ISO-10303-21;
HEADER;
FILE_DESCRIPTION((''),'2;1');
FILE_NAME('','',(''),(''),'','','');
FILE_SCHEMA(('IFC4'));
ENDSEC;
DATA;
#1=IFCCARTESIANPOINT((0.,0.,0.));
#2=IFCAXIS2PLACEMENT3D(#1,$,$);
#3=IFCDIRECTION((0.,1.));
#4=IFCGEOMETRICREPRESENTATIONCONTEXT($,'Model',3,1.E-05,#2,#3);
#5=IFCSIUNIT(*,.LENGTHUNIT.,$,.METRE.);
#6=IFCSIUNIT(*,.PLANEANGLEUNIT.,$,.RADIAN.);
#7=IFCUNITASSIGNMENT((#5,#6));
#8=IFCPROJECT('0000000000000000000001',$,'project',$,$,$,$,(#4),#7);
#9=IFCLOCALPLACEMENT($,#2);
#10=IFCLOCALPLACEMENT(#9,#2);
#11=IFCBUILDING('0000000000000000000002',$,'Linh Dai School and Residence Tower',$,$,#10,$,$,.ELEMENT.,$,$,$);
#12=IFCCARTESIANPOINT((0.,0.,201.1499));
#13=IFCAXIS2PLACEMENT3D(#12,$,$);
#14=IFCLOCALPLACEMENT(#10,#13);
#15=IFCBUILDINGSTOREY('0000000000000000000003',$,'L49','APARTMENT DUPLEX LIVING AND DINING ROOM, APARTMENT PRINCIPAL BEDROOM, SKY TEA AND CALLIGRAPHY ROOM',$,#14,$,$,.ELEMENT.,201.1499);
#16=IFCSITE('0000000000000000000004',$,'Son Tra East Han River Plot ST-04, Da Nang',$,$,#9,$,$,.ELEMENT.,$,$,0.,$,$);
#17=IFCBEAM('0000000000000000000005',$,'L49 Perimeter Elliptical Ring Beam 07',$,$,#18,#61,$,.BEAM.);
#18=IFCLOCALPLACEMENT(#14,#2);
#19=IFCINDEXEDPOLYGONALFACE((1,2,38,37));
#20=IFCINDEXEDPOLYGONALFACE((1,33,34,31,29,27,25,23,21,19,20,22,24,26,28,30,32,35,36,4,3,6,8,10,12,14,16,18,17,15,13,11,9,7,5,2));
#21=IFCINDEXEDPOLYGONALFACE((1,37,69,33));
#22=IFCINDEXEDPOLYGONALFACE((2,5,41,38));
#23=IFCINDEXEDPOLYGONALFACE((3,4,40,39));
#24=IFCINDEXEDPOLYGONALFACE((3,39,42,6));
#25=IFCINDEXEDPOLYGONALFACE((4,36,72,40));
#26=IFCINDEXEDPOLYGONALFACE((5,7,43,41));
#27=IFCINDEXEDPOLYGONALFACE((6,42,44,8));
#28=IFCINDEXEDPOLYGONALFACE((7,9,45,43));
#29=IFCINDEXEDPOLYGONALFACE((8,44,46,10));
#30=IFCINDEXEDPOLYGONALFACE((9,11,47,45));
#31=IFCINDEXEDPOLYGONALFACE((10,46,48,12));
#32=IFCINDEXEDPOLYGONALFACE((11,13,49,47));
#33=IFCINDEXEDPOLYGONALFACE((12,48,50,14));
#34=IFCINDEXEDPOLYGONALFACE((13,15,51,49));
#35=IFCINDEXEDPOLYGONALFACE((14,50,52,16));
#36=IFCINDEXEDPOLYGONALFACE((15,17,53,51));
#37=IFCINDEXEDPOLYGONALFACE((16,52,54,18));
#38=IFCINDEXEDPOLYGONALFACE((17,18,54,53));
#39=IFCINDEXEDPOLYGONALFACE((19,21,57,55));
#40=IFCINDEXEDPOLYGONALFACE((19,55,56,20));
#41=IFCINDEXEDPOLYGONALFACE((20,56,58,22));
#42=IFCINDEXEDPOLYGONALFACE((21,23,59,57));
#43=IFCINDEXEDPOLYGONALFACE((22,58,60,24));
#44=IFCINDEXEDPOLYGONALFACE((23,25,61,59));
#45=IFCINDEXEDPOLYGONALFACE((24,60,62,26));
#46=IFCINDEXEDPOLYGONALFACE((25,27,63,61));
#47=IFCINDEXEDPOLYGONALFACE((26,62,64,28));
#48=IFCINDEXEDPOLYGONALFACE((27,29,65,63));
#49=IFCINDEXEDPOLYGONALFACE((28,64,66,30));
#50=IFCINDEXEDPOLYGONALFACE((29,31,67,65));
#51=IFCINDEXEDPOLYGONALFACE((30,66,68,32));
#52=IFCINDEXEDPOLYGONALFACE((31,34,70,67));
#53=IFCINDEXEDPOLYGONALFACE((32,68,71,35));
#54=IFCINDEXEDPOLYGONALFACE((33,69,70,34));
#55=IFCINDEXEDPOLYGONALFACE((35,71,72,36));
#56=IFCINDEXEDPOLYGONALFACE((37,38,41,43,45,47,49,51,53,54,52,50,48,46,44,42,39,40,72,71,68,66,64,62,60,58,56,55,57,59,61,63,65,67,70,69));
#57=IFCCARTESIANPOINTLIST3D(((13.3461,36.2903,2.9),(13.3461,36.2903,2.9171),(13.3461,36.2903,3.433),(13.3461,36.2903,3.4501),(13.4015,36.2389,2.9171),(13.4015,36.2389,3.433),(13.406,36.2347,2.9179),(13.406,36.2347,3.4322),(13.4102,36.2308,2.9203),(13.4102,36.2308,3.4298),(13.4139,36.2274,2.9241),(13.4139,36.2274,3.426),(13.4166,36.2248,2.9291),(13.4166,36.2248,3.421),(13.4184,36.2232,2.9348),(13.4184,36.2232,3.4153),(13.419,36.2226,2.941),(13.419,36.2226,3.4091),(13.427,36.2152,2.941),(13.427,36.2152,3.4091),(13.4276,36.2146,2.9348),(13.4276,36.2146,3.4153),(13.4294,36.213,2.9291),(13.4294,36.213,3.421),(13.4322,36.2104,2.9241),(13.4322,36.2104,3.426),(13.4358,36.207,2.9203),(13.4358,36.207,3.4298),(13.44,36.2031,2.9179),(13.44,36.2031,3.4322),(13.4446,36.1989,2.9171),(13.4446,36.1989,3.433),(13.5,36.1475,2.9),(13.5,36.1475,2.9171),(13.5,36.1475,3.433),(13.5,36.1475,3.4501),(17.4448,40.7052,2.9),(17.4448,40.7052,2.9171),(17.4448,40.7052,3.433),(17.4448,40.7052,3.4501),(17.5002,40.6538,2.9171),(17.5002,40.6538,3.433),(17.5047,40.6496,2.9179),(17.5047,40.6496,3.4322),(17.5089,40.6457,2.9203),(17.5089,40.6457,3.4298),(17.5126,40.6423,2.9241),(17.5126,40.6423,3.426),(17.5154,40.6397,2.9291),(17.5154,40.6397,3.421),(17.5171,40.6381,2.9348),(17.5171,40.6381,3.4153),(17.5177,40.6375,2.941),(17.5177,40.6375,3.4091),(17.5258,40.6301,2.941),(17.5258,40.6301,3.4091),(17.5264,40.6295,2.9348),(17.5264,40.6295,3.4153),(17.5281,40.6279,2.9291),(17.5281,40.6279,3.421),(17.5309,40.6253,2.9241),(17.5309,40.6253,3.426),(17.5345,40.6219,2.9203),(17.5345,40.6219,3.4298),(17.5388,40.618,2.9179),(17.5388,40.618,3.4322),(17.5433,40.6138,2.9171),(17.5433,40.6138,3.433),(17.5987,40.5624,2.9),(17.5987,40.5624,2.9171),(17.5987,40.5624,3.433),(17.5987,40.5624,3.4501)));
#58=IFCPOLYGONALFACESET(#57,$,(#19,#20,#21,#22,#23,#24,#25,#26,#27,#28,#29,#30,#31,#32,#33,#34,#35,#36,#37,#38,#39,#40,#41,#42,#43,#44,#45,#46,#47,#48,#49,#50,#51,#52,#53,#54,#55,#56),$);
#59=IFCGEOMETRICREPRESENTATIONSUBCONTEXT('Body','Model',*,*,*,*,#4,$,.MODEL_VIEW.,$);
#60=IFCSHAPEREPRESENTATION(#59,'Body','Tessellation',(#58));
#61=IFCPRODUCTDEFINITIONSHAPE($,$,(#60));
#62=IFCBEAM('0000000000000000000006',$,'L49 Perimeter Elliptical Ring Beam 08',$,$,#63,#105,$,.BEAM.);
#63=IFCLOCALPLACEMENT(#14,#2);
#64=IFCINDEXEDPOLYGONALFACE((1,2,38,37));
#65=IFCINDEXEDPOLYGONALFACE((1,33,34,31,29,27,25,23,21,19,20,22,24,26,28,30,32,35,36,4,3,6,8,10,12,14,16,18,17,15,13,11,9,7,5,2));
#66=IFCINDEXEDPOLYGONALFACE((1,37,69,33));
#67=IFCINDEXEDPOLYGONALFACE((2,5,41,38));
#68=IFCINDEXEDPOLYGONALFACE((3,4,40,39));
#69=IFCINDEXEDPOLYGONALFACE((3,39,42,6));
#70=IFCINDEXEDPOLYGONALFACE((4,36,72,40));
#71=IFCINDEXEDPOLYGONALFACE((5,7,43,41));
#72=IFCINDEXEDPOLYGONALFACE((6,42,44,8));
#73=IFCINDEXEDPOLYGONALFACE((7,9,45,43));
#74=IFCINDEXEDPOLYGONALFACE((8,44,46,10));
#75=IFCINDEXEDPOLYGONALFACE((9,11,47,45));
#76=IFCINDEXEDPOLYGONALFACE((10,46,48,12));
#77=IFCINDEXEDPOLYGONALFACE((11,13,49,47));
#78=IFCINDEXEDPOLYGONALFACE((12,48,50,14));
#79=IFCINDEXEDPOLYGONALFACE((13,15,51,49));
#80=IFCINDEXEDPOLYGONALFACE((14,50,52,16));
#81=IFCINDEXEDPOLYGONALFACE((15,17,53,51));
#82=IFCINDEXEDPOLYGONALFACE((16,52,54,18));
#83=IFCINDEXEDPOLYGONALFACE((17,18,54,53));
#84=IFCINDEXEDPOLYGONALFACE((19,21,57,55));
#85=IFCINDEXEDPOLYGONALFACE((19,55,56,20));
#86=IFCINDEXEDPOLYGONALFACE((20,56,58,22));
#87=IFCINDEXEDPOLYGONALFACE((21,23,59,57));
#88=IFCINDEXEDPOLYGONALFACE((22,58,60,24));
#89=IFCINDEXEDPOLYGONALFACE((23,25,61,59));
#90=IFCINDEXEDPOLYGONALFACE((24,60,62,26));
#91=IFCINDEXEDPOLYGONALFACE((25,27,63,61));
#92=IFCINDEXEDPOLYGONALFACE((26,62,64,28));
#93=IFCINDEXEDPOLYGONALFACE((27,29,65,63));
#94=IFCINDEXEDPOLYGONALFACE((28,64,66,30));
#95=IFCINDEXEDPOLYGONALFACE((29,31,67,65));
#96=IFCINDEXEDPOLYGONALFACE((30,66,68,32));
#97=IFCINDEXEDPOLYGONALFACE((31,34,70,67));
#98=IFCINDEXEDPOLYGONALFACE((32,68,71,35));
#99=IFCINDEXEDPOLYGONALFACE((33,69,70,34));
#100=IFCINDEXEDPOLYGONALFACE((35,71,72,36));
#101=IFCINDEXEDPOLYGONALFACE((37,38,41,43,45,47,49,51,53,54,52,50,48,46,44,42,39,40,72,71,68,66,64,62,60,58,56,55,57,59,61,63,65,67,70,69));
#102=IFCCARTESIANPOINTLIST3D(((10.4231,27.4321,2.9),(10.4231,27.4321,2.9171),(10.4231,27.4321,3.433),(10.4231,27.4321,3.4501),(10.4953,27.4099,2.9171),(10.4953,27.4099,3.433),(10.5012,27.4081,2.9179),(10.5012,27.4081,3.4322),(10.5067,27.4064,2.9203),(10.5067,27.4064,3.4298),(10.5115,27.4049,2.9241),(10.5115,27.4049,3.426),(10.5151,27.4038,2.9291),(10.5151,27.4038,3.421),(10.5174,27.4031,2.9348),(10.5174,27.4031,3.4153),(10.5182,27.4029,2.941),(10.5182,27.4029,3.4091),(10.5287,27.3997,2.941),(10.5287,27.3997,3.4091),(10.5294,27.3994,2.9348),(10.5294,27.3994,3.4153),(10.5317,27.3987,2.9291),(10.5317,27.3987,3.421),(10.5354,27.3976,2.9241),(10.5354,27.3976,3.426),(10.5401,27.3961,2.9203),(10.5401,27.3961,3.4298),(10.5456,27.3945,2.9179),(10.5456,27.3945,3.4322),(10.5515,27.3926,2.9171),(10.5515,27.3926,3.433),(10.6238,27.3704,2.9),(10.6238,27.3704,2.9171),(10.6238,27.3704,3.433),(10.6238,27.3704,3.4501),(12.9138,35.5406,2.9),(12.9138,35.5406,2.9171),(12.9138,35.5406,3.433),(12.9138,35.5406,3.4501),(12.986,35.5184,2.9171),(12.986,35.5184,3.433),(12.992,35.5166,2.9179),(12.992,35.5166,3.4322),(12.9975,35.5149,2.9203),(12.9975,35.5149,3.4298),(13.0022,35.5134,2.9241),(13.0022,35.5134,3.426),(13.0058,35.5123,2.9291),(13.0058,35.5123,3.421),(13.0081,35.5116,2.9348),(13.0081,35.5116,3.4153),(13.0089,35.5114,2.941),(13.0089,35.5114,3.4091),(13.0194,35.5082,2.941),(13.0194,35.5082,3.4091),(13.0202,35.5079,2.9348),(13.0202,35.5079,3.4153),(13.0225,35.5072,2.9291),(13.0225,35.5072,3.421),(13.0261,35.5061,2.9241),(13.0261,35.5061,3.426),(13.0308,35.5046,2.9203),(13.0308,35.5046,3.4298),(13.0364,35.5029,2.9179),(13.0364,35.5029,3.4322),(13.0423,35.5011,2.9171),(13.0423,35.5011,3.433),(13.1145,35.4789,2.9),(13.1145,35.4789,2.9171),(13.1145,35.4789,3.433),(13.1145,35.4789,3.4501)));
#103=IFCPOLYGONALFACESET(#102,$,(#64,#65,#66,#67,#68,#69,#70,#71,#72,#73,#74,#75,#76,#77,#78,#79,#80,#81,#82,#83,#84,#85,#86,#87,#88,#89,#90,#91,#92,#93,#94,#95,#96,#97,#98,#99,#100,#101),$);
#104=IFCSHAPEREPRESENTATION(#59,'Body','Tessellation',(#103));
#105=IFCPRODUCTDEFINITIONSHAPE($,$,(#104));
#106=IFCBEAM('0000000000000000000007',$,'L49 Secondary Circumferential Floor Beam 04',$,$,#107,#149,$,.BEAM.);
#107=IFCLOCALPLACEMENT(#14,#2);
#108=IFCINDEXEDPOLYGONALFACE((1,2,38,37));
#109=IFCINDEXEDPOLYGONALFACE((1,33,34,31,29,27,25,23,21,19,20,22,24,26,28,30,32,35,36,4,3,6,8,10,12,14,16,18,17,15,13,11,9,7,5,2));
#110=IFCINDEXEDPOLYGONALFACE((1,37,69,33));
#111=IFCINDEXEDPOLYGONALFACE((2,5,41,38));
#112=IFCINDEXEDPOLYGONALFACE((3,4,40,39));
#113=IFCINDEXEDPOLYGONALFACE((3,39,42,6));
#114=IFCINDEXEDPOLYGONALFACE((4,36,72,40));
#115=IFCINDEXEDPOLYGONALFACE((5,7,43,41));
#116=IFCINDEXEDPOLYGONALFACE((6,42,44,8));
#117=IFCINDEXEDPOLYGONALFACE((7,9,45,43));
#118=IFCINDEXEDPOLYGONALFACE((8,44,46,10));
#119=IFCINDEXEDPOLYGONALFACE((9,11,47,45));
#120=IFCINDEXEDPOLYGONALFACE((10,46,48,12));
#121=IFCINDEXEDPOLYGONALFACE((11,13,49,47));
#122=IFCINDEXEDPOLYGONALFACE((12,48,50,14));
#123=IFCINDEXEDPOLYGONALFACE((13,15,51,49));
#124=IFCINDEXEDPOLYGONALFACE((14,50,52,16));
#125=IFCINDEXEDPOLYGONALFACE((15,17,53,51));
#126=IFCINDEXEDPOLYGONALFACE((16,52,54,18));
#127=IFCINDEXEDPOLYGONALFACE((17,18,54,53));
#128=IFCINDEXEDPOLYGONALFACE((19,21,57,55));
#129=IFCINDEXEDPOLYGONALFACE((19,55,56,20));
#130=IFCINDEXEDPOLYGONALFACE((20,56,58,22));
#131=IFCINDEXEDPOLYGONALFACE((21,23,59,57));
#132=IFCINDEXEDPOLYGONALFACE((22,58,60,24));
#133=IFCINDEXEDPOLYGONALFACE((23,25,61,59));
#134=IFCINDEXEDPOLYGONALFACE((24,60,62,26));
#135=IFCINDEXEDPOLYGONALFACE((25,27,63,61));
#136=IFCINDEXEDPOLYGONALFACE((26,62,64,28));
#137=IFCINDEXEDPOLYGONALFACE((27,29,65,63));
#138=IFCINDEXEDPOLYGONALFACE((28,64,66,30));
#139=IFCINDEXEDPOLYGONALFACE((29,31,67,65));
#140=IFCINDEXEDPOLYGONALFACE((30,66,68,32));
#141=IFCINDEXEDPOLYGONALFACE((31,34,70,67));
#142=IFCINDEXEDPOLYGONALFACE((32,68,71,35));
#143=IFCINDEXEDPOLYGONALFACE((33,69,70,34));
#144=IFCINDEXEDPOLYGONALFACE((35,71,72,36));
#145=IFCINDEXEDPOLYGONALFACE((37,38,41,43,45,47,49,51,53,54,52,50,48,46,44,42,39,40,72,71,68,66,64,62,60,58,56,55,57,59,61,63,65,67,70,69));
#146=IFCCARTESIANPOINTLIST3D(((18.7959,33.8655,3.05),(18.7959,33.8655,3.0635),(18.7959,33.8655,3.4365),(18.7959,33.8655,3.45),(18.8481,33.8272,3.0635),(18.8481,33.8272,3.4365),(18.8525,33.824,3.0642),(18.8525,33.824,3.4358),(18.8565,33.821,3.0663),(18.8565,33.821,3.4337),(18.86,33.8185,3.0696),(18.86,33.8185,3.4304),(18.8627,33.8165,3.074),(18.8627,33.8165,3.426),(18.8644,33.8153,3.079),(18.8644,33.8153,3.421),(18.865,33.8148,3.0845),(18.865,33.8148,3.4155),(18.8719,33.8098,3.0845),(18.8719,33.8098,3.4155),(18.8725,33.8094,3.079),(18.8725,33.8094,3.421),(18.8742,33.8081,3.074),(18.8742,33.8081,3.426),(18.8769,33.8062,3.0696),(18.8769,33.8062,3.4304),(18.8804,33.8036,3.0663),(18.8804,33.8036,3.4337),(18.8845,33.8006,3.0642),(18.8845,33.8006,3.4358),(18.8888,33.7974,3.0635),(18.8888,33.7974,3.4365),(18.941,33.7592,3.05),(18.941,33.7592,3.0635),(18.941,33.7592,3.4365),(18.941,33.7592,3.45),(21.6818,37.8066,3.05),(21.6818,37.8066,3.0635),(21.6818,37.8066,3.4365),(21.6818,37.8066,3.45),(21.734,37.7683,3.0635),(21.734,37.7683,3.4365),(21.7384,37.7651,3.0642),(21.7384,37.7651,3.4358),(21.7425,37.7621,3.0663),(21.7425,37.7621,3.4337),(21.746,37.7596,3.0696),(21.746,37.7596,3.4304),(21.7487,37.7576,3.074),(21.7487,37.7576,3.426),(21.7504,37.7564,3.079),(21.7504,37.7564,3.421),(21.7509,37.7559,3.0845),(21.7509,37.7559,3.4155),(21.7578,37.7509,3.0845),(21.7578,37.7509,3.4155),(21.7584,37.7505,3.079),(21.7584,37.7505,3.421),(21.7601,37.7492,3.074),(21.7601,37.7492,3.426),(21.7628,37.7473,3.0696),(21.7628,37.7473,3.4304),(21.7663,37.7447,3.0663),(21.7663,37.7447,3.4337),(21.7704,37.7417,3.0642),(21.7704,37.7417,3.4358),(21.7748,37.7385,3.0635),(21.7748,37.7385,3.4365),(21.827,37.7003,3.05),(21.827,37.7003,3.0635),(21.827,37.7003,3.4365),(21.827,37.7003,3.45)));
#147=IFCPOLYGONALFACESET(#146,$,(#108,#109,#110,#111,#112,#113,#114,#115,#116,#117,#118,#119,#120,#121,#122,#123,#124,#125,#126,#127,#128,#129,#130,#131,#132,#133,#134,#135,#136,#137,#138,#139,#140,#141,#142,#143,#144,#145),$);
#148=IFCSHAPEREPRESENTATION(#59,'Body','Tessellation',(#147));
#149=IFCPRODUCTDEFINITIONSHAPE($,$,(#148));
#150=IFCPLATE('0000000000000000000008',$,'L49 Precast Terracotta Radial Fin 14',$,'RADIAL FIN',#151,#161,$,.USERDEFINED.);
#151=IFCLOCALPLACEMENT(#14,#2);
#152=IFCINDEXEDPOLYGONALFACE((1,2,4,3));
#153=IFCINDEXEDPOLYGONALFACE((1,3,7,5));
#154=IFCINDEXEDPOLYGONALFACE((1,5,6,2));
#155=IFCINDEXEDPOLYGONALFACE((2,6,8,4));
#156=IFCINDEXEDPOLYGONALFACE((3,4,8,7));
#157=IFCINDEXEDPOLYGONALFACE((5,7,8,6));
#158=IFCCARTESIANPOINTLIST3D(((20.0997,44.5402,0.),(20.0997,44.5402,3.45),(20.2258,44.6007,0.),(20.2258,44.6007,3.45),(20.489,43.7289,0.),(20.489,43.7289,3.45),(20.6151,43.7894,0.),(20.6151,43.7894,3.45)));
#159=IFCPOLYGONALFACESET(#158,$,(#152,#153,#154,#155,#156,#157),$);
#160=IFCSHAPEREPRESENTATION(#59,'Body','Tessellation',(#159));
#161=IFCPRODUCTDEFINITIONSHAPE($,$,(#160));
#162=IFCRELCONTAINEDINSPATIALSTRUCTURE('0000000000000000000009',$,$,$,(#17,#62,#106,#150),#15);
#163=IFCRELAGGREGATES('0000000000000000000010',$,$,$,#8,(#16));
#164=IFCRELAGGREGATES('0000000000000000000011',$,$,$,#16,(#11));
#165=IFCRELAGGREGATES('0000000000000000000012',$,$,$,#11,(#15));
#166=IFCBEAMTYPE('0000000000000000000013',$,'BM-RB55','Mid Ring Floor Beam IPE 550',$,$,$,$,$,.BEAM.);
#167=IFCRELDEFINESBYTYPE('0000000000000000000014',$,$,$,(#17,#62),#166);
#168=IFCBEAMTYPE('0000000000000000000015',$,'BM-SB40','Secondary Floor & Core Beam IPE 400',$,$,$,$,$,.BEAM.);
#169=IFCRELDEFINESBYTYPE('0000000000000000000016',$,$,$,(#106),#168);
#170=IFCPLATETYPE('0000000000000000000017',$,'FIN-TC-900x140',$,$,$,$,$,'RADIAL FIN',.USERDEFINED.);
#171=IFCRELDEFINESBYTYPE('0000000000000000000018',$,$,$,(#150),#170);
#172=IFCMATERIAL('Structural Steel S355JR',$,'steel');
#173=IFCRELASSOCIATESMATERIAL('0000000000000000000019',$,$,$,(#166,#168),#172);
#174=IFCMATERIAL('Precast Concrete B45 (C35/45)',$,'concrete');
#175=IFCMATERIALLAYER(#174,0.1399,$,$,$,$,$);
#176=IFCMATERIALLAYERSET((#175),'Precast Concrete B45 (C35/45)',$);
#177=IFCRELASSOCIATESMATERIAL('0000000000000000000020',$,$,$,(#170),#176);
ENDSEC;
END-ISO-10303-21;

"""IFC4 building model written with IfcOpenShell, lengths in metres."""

from ifc_helpers import new_model, si_unit, direction, frame, origin, origin_2d, place, context, subcontext, project, spatial, rectangle, i_section, extrude, source, transform, mapped, material, layer, layer_set, material_profile, profile_set, type_object, element, save


model = new_model("IFC4")

# Units and contexts
model_context = context("Model", 3, precision=1e-05, world=origin(), true_north=direction((0.0, 1.0)))
body_context = subcontext(model_context, "Body", "Model", "MODEL_VIEW")
ifc_project = project(units=[si_unit("LENGTHUNIT", "METRE"), si_unit("PLANEANGLEUNIT", "RADIAN")], contexts=[model_context])

# Site, building, storey
site_placement = place(None, origin())
site = spatial("IfcSite", under=ifc_project, at=site_placement, Name="Son Tra East Han River Plot ST-04, Da Nang", CompositionType="ELEMENT", RefElevation=0.0)
building_placement = place(site_placement, origin())
building = spatial("IfcBuilding", under=site, at=building_placement, Name="Linh Dai School and Residence Tower", CompositionType="ELEMENT")
storey_placement = place(building_placement, frame((0.0, 0.0, 201.1499)))
storey = spatial("IfcBuildingStorey", under=building, at=storey_placement, Name="L49", Description="APARTMENT DUPLEX LIVING AND DINING ROOM, APARTMENT PRINCIPAL BEDROOM, SKY TEA AND CALLIGRAPHY ROOM", CompositionType="ELEMENT", Elevation=201.1499)

# Shared definitions
ifc_material_1 = material(Name="Structural Steel S355JR", Category="steel")

# Beams
ifc_material_profile_1 = material_profile(ifc_material_1, i_section(OverallWidth=0.21, OverallDepth=0.55, WebThickness=0.011, FlangeThickness=0.0171, FilletRadius=0.0239, at=origin_2d()), Name="IPE 550")
ifc_profile_set_1 = profile_set([ifc_material_profile_1], Name="Structural Steel S355JR")
beam_type_1 = type_object("IfcBeamType", Name="BM-RB55", Description="Mid Ring Floor Beam IPE 550", PredefinedType="BEAM", material=ifc_profile_set_1)
beam_1_placement = place(storey_placement, frame((17.5217, 40.6338, 3.175), z_axis=(-0.680378, -0.732861, 0.0), x_axis=(0.732861, -0.680378, 0.0)))
element("IfcBeam", 1, at=beam_1_placement, inside=storey, type_object=beam_type_1, Name="L49 Perimeter Elliptical Ring Beam 07", PredefinedType="BEAM", context=body_context, shape_type="SweptSolid", body=[
    extrude(i_section(OverallWidth=0.21, OverallDepth=0.55, WebThickness=0.011, FlangeThickness=0.0171, FilletRadius=0.0239, at=origin_2d()), origin(), (0.0, 0.0, 1.0), 6.0242),
])
beam_2_placement = place(storey_placement, frame((13.0142, 35.5098, 3.175), z_axis=(-0.293637, -0.955917, 0.0), x_axis=(0.955917, -0.293637, 0.0)))
element("IfcBeam", 2, at=beam_2_placement, inside=storey, type_object=beam_type_1, Name="L49 Perimeter Elliptical Ring Beam 08", PredefinedType="BEAM", context=body_context, shape_type="SweptSolid", body=[
    extrude(i_section(OverallWidth=0.21, OverallDepth=0.55, WebThickness=0.011, FlangeThickness=0.0171, FilletRadius=0.0239, at=origin_2d()), origin(), (0.0, 0.0, 1.0), 8.4824),
])
ifc_material_profile_2 = material_profile(ifc_material_1, i_section(OverallWidth=0.1799, OverallDepth=0.3999, WebThickness=0.0085, FlangeThickness=0.0134, FilletRadius=0.021, at=origin_2d()), Name="IPE 400")
ifc_profile_set_2 = profile_set([ifc_material_profile_2], Name="Structural Steel S355JR")
beam_type_2 = type_object("IfcBeamType", Name="BM-SB40", Description="Secondary Floor & Core Beam IPE 400", PredefinedType="BEAM", material=ifc_profile_set_2)
beam_3_placement = place(storey_placement, frame((21.7544, 37.7534, 3.25), z_axis=(-0.590805, -0.806815, 0.0), x_axis=(0.806815, -0.590805, 0.0)))
element("IfcBeam", 3, at=beam_3_placement, inside=storey, type_object=beam_type_2, Name="L49 Secondary Circumferential Floor Beam 04", PredefinedType="BEAM", context=body_context, shape_type="SweptSolid", body=[
    extrude(i_section(OverallWidth=0.1799, OverallDepth=0.3999, WebThickness=0.0085, FlangeThickness=0.0134, FilletRadius=0.021, at=origin_2d()), origin(), (0.0, 0.0, 1.0), 4.8848),
])

# Plate
ifc_material_2 = material(Name="Precast Concrete B45 (C35/45)", Category="concrete")
ifc_layer_1 = layer(ifc_material_2, 0.1399)
ifc_layer_set_1 = layer_set([ifc_layer_1], Name="Precast Concrete B45 (C35/45)")
plate_type = type_object("IfcPlateType", Name="FIN-TC-900x140", ElementType="RADIAL FIN", PredefinedType="USERDEFINED", material=ifc_layer_set_1)
shared_shape_1 = source(origin(), body_context, "Body", "SweptSolid", [
    extrude(rectangle(XDim=0.8999, YDim=0.1399, at=origin_2d()), origin(), (0.0, 0.0, 1.0), 3.45),
])
plate_placement = place(storey_placement, frame((20.3574, 44.1648, 0.0), z_axis=(0.0, 0.0, 1.0), x_axis=(-0.432635, 0.901569, 0.0)))
element("IfcPlate", 4, at=plate_placement, inside=storey, type_object=plate_type, Name="L49 Precast Terracotta Radial Fin 14", ObjectType="RADIAL FIN", PredefinedType="USERDEFINED", context=body_context, shape_type="MappedRepresentation", body=[
    mapped(shared_shape_1, transform((0.0, 0.0, 0.0), x_axis=(1.0, 0.0, 0.0), y_axis=(0.0, 1.0, 0.0), z_axis=(0.0, 0.0, 1.0), scale=1.0)),
])

save(model, "model.ifc")
